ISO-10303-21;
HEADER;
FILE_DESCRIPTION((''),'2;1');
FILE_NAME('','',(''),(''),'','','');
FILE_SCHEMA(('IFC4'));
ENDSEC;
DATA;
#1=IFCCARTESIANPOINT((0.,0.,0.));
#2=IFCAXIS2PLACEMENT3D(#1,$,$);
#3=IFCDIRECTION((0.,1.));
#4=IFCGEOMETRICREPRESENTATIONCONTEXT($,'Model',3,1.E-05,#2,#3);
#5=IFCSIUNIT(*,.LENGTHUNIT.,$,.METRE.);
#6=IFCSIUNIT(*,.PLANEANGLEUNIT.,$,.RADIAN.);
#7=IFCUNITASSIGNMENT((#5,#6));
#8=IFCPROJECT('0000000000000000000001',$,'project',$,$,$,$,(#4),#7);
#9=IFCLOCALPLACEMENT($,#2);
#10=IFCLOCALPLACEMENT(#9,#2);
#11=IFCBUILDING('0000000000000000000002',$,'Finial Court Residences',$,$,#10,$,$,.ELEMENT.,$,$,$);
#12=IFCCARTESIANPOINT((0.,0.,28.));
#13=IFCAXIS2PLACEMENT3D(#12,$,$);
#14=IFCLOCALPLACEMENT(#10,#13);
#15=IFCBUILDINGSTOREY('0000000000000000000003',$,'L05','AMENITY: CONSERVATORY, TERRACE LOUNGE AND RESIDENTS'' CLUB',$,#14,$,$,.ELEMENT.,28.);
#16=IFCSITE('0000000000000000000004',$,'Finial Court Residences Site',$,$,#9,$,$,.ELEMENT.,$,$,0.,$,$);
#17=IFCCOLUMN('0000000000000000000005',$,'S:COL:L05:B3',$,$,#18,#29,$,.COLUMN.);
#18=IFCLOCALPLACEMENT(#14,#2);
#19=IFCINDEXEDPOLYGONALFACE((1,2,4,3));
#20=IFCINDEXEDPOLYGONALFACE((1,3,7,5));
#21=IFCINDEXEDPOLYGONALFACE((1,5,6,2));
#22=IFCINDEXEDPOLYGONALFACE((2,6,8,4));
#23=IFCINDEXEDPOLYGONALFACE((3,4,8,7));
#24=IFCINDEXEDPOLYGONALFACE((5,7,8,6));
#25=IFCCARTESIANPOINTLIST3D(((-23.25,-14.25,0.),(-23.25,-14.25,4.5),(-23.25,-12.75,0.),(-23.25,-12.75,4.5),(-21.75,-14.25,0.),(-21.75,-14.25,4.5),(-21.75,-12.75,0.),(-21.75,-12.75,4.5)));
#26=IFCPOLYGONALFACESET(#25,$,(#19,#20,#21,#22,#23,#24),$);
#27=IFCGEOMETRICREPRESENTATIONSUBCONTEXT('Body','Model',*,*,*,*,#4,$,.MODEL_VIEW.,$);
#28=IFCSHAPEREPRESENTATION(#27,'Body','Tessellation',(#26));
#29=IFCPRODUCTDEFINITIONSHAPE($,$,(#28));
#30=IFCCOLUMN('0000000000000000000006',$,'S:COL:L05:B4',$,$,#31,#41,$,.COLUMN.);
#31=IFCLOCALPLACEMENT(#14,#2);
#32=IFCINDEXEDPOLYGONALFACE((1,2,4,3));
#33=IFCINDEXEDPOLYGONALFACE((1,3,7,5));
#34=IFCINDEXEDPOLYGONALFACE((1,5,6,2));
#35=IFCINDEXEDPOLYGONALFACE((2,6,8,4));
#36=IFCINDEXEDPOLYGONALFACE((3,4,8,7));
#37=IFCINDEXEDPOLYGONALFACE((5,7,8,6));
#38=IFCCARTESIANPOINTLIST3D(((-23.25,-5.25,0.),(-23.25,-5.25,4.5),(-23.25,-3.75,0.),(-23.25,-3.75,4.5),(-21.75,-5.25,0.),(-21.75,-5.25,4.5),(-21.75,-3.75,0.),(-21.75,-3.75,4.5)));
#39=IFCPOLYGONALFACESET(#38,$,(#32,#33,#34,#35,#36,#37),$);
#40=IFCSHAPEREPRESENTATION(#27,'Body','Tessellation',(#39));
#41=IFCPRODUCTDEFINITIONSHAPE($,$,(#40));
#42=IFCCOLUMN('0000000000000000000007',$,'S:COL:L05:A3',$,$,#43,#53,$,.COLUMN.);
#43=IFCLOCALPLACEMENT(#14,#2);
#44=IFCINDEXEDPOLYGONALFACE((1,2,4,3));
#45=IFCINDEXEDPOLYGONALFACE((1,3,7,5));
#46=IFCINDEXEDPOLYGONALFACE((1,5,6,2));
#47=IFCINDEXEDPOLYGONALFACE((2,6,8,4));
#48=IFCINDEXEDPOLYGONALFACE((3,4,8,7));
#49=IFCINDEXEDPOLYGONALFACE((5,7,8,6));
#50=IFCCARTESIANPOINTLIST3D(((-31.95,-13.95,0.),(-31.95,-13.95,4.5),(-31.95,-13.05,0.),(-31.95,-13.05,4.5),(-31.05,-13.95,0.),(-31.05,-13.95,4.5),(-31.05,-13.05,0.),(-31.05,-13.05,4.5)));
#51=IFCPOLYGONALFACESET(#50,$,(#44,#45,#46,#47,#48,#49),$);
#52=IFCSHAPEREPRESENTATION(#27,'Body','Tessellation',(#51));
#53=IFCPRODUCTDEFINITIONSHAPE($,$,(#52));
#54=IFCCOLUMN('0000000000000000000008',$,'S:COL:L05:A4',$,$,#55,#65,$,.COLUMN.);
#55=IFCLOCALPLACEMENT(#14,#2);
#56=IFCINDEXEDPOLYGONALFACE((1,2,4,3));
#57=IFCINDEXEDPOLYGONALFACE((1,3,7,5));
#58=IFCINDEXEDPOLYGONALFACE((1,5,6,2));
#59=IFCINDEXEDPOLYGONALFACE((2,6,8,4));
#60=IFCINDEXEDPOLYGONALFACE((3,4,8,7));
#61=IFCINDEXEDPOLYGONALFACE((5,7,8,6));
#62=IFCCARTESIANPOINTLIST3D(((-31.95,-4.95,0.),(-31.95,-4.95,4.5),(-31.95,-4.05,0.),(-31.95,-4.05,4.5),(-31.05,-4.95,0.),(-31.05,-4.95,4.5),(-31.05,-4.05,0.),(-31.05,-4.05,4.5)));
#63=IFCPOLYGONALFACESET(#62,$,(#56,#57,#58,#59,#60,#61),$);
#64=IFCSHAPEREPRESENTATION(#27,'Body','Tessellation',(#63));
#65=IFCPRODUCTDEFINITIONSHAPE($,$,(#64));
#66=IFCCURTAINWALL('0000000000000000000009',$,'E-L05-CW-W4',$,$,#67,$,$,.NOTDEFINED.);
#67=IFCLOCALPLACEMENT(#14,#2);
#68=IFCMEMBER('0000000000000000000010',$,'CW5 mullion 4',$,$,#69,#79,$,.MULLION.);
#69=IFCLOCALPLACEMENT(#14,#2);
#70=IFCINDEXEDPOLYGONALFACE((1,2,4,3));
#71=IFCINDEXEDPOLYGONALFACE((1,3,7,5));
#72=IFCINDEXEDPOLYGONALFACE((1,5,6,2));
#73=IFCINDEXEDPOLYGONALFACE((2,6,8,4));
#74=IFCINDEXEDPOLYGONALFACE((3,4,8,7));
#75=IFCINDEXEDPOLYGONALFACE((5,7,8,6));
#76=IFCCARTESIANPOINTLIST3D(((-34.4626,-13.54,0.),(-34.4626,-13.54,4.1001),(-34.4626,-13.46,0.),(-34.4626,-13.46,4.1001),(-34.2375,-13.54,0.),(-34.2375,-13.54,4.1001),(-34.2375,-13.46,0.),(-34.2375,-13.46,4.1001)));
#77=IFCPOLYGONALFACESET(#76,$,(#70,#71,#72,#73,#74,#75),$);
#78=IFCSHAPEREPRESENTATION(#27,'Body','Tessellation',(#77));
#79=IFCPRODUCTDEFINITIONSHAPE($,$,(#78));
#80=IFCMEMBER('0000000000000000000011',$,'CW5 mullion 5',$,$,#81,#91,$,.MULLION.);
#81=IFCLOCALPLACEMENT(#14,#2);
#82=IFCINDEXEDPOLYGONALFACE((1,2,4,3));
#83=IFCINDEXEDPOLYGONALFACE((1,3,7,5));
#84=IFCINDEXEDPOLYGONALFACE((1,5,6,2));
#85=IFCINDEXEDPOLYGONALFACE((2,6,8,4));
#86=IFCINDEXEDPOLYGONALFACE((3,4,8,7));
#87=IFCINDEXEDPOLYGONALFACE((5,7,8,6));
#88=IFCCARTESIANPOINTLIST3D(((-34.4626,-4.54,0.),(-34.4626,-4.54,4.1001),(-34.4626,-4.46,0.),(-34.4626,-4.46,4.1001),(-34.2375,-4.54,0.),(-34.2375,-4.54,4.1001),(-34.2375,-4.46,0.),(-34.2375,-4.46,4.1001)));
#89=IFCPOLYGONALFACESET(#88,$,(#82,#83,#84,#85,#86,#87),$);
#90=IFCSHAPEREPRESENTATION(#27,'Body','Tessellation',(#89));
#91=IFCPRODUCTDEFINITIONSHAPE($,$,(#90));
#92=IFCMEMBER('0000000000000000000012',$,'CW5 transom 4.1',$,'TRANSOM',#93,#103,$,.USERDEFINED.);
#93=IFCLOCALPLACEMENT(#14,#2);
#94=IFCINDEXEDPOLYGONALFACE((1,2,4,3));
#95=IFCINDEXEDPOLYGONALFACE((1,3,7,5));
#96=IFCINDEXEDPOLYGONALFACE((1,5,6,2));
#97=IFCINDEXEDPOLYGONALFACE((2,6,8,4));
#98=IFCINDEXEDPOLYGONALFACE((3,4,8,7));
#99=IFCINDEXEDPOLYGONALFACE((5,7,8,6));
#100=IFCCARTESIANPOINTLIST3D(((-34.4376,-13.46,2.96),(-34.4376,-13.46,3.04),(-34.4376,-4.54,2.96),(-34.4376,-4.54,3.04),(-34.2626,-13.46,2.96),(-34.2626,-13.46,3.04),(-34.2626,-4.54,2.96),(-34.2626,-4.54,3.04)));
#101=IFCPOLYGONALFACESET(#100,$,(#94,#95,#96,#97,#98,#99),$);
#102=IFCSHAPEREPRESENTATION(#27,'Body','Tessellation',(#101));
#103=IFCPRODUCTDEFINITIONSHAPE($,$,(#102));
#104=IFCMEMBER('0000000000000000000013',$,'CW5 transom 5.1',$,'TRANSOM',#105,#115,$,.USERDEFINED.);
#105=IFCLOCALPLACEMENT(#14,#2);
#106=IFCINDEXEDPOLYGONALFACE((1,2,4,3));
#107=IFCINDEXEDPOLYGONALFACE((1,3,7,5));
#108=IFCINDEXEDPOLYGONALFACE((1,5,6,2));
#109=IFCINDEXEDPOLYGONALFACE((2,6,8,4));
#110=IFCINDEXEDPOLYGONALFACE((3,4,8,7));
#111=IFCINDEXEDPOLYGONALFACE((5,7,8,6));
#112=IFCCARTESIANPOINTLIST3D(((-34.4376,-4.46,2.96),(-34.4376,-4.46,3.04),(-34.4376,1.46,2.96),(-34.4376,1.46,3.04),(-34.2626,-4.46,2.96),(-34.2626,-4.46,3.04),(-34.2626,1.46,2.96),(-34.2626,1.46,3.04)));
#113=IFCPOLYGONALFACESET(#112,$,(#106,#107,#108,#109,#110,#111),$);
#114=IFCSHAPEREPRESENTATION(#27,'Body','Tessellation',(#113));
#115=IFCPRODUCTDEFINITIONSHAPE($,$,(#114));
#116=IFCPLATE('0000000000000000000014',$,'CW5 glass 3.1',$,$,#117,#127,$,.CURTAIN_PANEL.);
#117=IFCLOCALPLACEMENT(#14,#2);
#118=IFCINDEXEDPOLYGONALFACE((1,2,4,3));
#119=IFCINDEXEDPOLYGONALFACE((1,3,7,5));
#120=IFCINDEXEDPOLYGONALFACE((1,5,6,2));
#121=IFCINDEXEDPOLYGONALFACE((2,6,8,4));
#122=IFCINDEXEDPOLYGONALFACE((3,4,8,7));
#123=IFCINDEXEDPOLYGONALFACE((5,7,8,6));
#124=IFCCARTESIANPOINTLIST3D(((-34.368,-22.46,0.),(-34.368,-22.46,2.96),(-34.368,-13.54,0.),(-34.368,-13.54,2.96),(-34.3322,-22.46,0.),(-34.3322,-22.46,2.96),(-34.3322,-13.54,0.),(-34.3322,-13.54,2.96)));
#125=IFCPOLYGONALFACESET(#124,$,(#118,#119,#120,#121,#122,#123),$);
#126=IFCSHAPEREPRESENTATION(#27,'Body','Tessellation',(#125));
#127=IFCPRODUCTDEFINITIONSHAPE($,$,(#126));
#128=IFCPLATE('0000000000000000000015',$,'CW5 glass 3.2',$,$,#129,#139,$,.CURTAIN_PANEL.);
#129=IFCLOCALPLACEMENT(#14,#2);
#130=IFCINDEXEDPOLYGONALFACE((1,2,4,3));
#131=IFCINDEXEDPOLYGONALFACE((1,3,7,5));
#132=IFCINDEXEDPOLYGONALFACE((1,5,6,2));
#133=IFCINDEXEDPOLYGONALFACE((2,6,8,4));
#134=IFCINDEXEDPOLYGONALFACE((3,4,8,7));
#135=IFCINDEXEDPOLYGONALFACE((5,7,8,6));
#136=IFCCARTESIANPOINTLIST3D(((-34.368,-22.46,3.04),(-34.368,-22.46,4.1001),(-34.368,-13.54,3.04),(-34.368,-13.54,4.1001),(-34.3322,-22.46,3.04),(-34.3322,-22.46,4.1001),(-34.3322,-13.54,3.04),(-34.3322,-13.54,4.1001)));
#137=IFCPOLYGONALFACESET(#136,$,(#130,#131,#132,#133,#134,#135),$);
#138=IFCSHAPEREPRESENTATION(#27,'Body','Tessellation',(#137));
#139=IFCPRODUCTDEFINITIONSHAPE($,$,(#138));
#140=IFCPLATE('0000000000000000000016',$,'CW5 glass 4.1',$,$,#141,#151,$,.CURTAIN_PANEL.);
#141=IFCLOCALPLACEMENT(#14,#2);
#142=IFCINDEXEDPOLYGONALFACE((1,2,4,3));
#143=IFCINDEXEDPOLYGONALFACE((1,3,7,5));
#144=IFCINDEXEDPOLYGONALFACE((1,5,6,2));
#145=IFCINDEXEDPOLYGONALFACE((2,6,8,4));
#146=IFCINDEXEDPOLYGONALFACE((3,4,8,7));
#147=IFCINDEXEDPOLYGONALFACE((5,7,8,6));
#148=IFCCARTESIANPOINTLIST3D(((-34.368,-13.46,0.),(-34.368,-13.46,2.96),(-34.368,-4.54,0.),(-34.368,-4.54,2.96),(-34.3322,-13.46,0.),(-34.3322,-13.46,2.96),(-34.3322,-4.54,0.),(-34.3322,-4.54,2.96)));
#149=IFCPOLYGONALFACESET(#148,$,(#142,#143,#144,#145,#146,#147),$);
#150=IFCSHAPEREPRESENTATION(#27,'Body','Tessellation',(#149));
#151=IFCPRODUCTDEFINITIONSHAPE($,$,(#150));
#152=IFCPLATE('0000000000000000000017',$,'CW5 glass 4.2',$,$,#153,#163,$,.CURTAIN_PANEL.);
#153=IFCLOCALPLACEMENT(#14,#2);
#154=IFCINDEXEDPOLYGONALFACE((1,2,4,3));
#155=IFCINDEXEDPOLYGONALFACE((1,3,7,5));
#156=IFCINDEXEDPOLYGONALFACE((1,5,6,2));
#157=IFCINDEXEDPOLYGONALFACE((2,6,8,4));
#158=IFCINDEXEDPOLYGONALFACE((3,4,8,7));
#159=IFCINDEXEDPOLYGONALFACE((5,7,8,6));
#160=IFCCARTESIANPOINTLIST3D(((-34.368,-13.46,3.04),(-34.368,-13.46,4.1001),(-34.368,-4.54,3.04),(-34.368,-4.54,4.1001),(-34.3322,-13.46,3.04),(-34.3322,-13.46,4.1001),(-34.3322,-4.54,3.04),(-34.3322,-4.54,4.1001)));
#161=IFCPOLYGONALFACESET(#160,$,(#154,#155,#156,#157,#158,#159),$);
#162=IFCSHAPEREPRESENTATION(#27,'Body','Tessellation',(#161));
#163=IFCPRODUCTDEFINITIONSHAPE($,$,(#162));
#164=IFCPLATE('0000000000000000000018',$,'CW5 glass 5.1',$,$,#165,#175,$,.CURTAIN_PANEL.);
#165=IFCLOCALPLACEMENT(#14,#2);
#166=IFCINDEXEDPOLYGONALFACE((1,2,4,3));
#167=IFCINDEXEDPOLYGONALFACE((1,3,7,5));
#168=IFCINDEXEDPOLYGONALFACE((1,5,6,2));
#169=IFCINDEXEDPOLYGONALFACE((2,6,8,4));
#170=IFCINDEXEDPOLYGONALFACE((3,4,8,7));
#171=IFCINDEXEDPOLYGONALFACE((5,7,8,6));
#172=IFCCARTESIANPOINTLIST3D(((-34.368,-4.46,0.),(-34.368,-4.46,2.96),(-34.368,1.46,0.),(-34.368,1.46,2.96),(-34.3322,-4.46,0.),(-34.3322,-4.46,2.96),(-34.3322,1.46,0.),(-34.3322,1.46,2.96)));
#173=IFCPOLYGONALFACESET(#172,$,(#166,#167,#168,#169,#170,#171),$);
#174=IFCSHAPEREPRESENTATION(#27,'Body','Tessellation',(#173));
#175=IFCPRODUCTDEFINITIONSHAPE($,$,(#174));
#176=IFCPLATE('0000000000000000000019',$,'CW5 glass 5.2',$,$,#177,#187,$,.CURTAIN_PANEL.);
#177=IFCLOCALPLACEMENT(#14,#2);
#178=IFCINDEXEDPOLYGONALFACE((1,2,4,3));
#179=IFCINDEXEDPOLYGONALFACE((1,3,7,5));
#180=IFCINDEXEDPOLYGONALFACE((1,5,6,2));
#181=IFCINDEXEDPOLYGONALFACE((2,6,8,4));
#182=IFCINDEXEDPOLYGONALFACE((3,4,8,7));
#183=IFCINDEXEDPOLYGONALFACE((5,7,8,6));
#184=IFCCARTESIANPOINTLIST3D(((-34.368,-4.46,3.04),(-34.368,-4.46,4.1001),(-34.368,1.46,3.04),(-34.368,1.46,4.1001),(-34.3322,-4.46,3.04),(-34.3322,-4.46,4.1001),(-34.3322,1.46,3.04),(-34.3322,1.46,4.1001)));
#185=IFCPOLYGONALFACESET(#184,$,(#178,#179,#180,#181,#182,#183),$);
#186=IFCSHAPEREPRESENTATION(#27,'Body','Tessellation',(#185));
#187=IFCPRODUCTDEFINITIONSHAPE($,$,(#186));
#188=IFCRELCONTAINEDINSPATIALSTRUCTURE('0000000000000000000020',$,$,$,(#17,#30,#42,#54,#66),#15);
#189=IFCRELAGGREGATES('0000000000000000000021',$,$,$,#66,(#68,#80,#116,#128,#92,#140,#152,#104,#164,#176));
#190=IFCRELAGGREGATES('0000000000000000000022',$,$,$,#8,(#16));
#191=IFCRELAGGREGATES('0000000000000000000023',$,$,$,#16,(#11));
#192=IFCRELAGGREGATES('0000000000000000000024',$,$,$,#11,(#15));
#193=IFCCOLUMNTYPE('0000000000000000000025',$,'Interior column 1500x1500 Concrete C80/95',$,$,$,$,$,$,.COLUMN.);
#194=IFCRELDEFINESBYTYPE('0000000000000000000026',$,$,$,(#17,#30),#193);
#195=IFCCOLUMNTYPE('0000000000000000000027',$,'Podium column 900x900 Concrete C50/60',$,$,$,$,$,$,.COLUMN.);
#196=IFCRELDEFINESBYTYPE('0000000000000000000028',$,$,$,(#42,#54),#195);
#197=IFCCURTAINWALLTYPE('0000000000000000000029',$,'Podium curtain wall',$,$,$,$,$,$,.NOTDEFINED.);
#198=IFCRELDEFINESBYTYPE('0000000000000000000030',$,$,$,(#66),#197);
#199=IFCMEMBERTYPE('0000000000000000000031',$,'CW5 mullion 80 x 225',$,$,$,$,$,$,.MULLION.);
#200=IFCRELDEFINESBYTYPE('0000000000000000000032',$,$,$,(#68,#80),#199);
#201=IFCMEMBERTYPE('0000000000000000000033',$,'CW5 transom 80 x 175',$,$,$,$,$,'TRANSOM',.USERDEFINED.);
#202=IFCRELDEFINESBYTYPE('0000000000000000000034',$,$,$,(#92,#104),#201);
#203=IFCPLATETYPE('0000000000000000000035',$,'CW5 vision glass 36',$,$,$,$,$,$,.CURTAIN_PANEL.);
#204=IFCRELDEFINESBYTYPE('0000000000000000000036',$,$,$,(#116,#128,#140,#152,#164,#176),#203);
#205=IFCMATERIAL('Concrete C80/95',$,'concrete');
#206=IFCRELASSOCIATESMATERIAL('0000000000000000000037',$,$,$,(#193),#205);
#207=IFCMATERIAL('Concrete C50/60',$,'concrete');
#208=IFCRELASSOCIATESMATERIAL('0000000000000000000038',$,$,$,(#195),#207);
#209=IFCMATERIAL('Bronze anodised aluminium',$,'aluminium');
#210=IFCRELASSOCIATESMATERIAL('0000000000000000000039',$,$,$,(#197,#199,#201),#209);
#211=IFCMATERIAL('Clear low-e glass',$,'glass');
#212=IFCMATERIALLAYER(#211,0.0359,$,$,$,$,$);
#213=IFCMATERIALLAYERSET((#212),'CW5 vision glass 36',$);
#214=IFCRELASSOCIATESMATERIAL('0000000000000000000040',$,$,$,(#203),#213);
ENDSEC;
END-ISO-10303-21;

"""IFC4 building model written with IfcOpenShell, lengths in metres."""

from ifc_helpers import new_model, si_unit, direction, frame, origin, origin_2d, place, context, subcontext, project, spatial, rectangle, extrude, material, layer, layer_set, material_profile, profile_set, type_object, element, aggregate, save


model = new_model("IFC4")

# Units and contexts
model_context = context("Model", 3, precision=1e-05, world=origin(), true_north=direction((0.0, 1.0)))
body_context = subcontext(model_context, "Body", "Model", "MODEL_VIEW")
ifc_project = project(units=[si_unit("LENGTHUNIT", "METRE"), si_unit("PLANEANGLEUNIT", "RADIAN")], contexts=[model_context])

# Site, building, storey
site_placement = place(None, origin())
site = spatial("IfcSite", under=ifc_project, at=site_placement, Name="Finial Court Residences Site", CompositionType="ELEMENT", RefElevation=0.0)
building_placement = place(site_placement, origin())
building = spatial("IfcBuilding", under=site, at=building_placement, Name="Finial Court Residences", CompositionType="ELEMENT")
storey_placement = place(building_placement, frame((0.0, 0.0, 28.0)))
storey = spatial("IfcBuildingStorey", under=building, at=storey_placement, Name="L05", Description="AMENITY: CONSERVATORY, TERRACE LOUNGE AND RESIDENTS' CLUB", CompositionType="ELEMENT", Elevation=28.0)

# Columns
ifc_material_1 = material(Name="Concrete C80/95", Category="concrete")
ifc_material_profile_1 = material_profile(ifc_material_1, rectangle(XDim=1.5, YDim=1.5, at=origin_2d()), Name="1500x1500")
ifc_profile_set_1 = profile_set([ifc_material_profile_1], Name="Concrete C80/95")
column_type_1 = type_object("IfcColumnType", Name="Interior column 1500x1500 Concrete C80/95", PredefinedType="COLUMN", material=ifc_profile_set_1)
for number, where, z_axis, x_axis, name in (
    (1, (-22.5, -13.5, 0.0), (0.0, 0.0, 1.0), (1.0, 0.0, 0.0), "S:COL:L05:B3"),
    (2, (-22.5, -4.5, 0.0), (0.0, 0.0, 1.0), (1.0, 0.0, 0.0), "S:COL:L05:B4"),
):
    element("IfcColumn", number, at=place(storey_placement, frame(where, z_axis=z_axis, x_axis=x_axis)), inside=storey, type_object=column_type_1, Name=name, PredefinedType="COLUMN", context=body_context, shape_type="SweptSolid", body=[
        extrude(rectangle(XDim=1.5, YDim=1.5, at=origin_2d()), origin(), (0.0, 0.0, 1.0), 4.5),
    ])
ifc_material_2 = material(Name="Concrete C50/60", Category="concrete")
ifc_material_profile_2 = material_profile(ifc_material_2, rectangle(XDim=0.8999, YDim=0.8999, at=origin_2d()), Name="900x900")
ifc_profile_set_2 = profile_set([ifc_material_profile_2], Name="Concrete C50/60")
column_type_2 = type_object("IfcColumnType", Name="Podium column 900x900 Concrete C50/60", PredefinedType="COLUMN", material=ifc_profile_set_2)
for number, where, z_axis, x_axis, name in (
    (3, (-31.5, -13.5, 0.0), (0.0, 0.0, 1.0), (1.0, 0.0, 0.0), "S:COL:L05:A3"),
    (4, (-31.5, -4.5, 0.0), (0.0, 0.0, 1.0), (1.0, 0.0, 0.0), "S:COL:L05:A4"),
):
    element("IfcColumn", number, at=place(storey_placement, frame(where, z_axis=z_axis, x_axis=x_axis)), inside=storey, type_object=column_type_2, Name=name, PredefinedType="COLUMN", context=body_context, shape_type="SweptSolid", body=[
        extrude(rectangle(XDim=0.8999, YDim=0.8999, at=origin_2d()), origin(), (0.0, 0.0, 1.0), 4.5),
    ])

# Curtain wall, members, plates
ifc_material_3 = material(Name="Bronze anodised aluminium", Category="aluminium")
curtain_wall_type = type_object("IfcCurtainWallType", Name="Podium curtain wall", PredefinedType="NOTDEFINED", material=ifc_material_3)
curtain_wall_placement = place(storey_placement, origin())
curtain_wall = element("IfcCurtainWall", 5, at=curtain_wall_placement, inside=storey, type_object=curtain_wall_type, Name="E-L05-CW-W4", PredefinedType="NOTDEFINED")
ifc_material_profile_3 = material_profile(ifc_material_3, rectangle(XDim=0.2251, YDim=0.0801, at=origin_2d()), Name="CW5 mullion 80 x 225")
ifc_profile_set_3 = profile_set([ifc_material_profile_3], Name="Bronze anodised aluminium")
member_type_1 = type_object("IfcMemberType", Name="CW5 mullion 80 x 225", PredefinedType="MULLION", material=ifc_profile_set_3)
member_1_placement = place(storey_placement, frame((-34.3501, -13.5, 0.0), z_axis=(0.0, 0.0, 1.0), x_axis=(-1.0, 0.0, 0.0)))
member_1 = element("IfcMember", 6, at=member_1_placement, type_object=member_type_1, Name="CW5 mullion 4", PredefinedType="MULLION", context=body_context, shape_type="SweptSolid", body=[
    extrude(rectangle(XDim=0.2251, YDim=0.0801, at=origin_2d()), origin(), (0.0, 0.0, 1.0), 4.1001),
])
member_2_placement = place(storey_placement, frame((-34.3501, -4.5, 0.0), z_axis=(0.0, 0.0, 1.0), x_axis=(-1.0, 0.0, 0.0)))
member_2 = element("IfcMember", 7, at=member_2_placement, type_object=member_type_1, Name="CW5 mullion 5", PredefinedType="MULLION", context=body_context, shape_type="SweptSolid", body=[
    extrude(rectangle(XDim=0.2251, YDim=0.0801, at=origin_2d()), origin(), (0.0, 0.0, 1.0), 4.1001),
])
ifc_material_profile_4 = material_profile(ifc_material_3, rectangle(XDim=0.175, YDim=0.0801, at=origin_2d()), Name="CW5 transom 80 x 175")
ifc_profile_set_4 = profile_set([ifc_material_profile_4], Name="Bronze anodised aluminium")
member_type_2 = type_object("IfcMemberType", Name="CW5 transom 80 x 175", ElementType="TRANSOM", PredefinedType="USERDEFINED", material=ifc_profile_set_4)
member_3_placement = place(storey_placement, frame((-34.3501, -13.46, 3.0), z_axis=(0.0, 1.0, 0.0), x_axis=(-1.0, 0.0, 0.0)))
member_3 = element("IfcMember", 8, at=member_3_placement, type_object=member_type_2, Name="CW5 transom 4.1", ObjectType="TRANSOM", PredefinedType="USERDEFINED", context=body_context, shape_type="SweptSolid", body=[
    extrude(rectangle(XDim=0.175, YDim=0.0801, at=origin_2d()), origin(), (0.0, 0.0, 1.0), 8.9199),
])
member_4_placement = place(storey_placement, frame((-34.3501, -4.46, 3.0), z_axis=(0.0, 1.0, 0.0), x_axis=(-1.0, 0.0, 0.0)))
member_4 = element("IfcMember", 9, at=member_4_placement, type_object=member_type_2, Name="CW5 transom 5.1", ObjectType="TRANSOM", PredefinedType="USERDEFINED", context=body_context, shape_type="SweptSolid", body=[
    extrude(rectangle(XDim=0.175, YDim=0.0801, at=origin_2d()), origin(), (0.0, 0.0, 1.0), 5.9199),
])
ifc_material_4 = material(Name="Clear low-e glass", Category="glass")
ifc_layer_1 = layer(ifc_material_4, 0.0359)
ifc_layer_set_1 = layer_set([ifc_layer_1], Name="CW5 vision glass 36")
plate_type = type_object("IfcPlateType", Name="CW5 vision glass 36", PredefinedType="CURTAIN_PANEL", material=ifc_layer_set_1)
plate_1_placement = place(storey_placement, frame((-34.3501, -18.0, 0.0), z_axis=(0.0, 0.0, 1.0), x_axis=(0.0, 1.0, 0.0)))
plate_1 = element("IfcPlate", 10, at=plate_1_placement, type_object=plate_type, Name="CW5 glass 3.1", PredefinedType="CURTAIN_PANEL", context=body_context, shape_type="SweptSolid", body=[
    extrude(rectangle(XDim=8.9199, YDim=0.0359, at=origin_2d()), origin(), (0.0, 0.0, 1.0), 2.96),
])
plate_2_placement = place(storey_placement, frame((-34.3501, -18.0, 3.04), z_axis=(0.0, 0.0, 1.0), x_axis=(0.0, 1.0, 0.0)))
plate_2 = element("IfcPlate", 11, at=plate_2_placement, type_object=plate_type, Name="CW5 glass 3.2", PredefinedType="CURTAIN_PANEL", context=body_context, shape_type="SweptSolid", body=[
    extrude(rectangle(XDim=8.9199, YDim=0.0359, at=origin_2d()), origin(), (0.0, 0.0, 1.0), 1.0601),
])
plate_3_placement = place(storey_placement, frame((-34.3501, -9.0, 0.0), z_axis=(0.0, 0.0, 1.0), x_axis=(0.0, 1.0, 0.0)))
plate_3 = element("IfcPlate", 12, at=plate_3_placement, type_object=plate_type, Name="CW5 glass 4.1", PredefinedType="CURTAIN_PANEL", context=body_context, shape_type="SweptSolid", body=[
    extrude(rectangle(XDim=8.9199, YDim=0.0359, at=origin_2d()), origin(), (0.0, 0.0, 1.0), 2.96),
])
plate_4_placement = place(storey_placement, frame((-34.3501, -9.0, 3.04), z_axis=(0.0, 0.0, 1.0), x_axis=(0.0, 1.0, 0.0)))
plate_4 = element("IfcPlate", 13, at=plate_4_placement, type_object=plate_type, Name="CW5 glass 4.2", PredefinedType="CURTAIN_PANEL", context=body_context, shape_type="SweptSolid", body=[
    extrude(rectangle(XDim=8.9199, YDim=0.0359, at=origin_2d()), origin(), (0.0, 0.0, 1.0), 1.0601),
])
plate_5_placement = place(storey_placement, frame((-34.3501, -1.5, 0.0), z_axis=(0.0, 0.0, 1.0), x_axis=(0.0, 1.0, 0.0)))
plate_5 = element("IfcPlate", 14, at=plate_5_placement, type_object=plate_type, Name="CW5 glass 5.1", PredefinedType="CURTAIN_PANEL", context=body_context, shape_type="SweptSolid", body=[
    extrude(rectangle(XDim=5.9199, YDim=0.0359, at=origin_2d()), origin(), (0.0, 0.0, 1.0), 2.96),
])
plate_6_placement = place(storey_placement, frame((-34.3501, -1.5, 3.04), z_axis=(0.0, 0.0, 1.0), x_axis=(0.0, 1.0, 0.0)))
plate_6 = element("IfcPlate", 15, at=plate_6_placement, type_object=plate_type, Name="CW5 glass 5.2", PredefinedType="CURTAIN_PANEL", context=body_context, shape_type="SweptSolid", body=[
    extrude(rectangle(XDim=5.9199, YDim=0.0359, at=origin_2d()), origin(), (0.0, 0.0, 1.0), 1.0601),
])
aggregate(curtain_wall, [member_1, member_2, plate_1, plate_2, member_3, plate_3, plate_4, member_4, plate_5, plate_6])

save(model, "model.ifc")
